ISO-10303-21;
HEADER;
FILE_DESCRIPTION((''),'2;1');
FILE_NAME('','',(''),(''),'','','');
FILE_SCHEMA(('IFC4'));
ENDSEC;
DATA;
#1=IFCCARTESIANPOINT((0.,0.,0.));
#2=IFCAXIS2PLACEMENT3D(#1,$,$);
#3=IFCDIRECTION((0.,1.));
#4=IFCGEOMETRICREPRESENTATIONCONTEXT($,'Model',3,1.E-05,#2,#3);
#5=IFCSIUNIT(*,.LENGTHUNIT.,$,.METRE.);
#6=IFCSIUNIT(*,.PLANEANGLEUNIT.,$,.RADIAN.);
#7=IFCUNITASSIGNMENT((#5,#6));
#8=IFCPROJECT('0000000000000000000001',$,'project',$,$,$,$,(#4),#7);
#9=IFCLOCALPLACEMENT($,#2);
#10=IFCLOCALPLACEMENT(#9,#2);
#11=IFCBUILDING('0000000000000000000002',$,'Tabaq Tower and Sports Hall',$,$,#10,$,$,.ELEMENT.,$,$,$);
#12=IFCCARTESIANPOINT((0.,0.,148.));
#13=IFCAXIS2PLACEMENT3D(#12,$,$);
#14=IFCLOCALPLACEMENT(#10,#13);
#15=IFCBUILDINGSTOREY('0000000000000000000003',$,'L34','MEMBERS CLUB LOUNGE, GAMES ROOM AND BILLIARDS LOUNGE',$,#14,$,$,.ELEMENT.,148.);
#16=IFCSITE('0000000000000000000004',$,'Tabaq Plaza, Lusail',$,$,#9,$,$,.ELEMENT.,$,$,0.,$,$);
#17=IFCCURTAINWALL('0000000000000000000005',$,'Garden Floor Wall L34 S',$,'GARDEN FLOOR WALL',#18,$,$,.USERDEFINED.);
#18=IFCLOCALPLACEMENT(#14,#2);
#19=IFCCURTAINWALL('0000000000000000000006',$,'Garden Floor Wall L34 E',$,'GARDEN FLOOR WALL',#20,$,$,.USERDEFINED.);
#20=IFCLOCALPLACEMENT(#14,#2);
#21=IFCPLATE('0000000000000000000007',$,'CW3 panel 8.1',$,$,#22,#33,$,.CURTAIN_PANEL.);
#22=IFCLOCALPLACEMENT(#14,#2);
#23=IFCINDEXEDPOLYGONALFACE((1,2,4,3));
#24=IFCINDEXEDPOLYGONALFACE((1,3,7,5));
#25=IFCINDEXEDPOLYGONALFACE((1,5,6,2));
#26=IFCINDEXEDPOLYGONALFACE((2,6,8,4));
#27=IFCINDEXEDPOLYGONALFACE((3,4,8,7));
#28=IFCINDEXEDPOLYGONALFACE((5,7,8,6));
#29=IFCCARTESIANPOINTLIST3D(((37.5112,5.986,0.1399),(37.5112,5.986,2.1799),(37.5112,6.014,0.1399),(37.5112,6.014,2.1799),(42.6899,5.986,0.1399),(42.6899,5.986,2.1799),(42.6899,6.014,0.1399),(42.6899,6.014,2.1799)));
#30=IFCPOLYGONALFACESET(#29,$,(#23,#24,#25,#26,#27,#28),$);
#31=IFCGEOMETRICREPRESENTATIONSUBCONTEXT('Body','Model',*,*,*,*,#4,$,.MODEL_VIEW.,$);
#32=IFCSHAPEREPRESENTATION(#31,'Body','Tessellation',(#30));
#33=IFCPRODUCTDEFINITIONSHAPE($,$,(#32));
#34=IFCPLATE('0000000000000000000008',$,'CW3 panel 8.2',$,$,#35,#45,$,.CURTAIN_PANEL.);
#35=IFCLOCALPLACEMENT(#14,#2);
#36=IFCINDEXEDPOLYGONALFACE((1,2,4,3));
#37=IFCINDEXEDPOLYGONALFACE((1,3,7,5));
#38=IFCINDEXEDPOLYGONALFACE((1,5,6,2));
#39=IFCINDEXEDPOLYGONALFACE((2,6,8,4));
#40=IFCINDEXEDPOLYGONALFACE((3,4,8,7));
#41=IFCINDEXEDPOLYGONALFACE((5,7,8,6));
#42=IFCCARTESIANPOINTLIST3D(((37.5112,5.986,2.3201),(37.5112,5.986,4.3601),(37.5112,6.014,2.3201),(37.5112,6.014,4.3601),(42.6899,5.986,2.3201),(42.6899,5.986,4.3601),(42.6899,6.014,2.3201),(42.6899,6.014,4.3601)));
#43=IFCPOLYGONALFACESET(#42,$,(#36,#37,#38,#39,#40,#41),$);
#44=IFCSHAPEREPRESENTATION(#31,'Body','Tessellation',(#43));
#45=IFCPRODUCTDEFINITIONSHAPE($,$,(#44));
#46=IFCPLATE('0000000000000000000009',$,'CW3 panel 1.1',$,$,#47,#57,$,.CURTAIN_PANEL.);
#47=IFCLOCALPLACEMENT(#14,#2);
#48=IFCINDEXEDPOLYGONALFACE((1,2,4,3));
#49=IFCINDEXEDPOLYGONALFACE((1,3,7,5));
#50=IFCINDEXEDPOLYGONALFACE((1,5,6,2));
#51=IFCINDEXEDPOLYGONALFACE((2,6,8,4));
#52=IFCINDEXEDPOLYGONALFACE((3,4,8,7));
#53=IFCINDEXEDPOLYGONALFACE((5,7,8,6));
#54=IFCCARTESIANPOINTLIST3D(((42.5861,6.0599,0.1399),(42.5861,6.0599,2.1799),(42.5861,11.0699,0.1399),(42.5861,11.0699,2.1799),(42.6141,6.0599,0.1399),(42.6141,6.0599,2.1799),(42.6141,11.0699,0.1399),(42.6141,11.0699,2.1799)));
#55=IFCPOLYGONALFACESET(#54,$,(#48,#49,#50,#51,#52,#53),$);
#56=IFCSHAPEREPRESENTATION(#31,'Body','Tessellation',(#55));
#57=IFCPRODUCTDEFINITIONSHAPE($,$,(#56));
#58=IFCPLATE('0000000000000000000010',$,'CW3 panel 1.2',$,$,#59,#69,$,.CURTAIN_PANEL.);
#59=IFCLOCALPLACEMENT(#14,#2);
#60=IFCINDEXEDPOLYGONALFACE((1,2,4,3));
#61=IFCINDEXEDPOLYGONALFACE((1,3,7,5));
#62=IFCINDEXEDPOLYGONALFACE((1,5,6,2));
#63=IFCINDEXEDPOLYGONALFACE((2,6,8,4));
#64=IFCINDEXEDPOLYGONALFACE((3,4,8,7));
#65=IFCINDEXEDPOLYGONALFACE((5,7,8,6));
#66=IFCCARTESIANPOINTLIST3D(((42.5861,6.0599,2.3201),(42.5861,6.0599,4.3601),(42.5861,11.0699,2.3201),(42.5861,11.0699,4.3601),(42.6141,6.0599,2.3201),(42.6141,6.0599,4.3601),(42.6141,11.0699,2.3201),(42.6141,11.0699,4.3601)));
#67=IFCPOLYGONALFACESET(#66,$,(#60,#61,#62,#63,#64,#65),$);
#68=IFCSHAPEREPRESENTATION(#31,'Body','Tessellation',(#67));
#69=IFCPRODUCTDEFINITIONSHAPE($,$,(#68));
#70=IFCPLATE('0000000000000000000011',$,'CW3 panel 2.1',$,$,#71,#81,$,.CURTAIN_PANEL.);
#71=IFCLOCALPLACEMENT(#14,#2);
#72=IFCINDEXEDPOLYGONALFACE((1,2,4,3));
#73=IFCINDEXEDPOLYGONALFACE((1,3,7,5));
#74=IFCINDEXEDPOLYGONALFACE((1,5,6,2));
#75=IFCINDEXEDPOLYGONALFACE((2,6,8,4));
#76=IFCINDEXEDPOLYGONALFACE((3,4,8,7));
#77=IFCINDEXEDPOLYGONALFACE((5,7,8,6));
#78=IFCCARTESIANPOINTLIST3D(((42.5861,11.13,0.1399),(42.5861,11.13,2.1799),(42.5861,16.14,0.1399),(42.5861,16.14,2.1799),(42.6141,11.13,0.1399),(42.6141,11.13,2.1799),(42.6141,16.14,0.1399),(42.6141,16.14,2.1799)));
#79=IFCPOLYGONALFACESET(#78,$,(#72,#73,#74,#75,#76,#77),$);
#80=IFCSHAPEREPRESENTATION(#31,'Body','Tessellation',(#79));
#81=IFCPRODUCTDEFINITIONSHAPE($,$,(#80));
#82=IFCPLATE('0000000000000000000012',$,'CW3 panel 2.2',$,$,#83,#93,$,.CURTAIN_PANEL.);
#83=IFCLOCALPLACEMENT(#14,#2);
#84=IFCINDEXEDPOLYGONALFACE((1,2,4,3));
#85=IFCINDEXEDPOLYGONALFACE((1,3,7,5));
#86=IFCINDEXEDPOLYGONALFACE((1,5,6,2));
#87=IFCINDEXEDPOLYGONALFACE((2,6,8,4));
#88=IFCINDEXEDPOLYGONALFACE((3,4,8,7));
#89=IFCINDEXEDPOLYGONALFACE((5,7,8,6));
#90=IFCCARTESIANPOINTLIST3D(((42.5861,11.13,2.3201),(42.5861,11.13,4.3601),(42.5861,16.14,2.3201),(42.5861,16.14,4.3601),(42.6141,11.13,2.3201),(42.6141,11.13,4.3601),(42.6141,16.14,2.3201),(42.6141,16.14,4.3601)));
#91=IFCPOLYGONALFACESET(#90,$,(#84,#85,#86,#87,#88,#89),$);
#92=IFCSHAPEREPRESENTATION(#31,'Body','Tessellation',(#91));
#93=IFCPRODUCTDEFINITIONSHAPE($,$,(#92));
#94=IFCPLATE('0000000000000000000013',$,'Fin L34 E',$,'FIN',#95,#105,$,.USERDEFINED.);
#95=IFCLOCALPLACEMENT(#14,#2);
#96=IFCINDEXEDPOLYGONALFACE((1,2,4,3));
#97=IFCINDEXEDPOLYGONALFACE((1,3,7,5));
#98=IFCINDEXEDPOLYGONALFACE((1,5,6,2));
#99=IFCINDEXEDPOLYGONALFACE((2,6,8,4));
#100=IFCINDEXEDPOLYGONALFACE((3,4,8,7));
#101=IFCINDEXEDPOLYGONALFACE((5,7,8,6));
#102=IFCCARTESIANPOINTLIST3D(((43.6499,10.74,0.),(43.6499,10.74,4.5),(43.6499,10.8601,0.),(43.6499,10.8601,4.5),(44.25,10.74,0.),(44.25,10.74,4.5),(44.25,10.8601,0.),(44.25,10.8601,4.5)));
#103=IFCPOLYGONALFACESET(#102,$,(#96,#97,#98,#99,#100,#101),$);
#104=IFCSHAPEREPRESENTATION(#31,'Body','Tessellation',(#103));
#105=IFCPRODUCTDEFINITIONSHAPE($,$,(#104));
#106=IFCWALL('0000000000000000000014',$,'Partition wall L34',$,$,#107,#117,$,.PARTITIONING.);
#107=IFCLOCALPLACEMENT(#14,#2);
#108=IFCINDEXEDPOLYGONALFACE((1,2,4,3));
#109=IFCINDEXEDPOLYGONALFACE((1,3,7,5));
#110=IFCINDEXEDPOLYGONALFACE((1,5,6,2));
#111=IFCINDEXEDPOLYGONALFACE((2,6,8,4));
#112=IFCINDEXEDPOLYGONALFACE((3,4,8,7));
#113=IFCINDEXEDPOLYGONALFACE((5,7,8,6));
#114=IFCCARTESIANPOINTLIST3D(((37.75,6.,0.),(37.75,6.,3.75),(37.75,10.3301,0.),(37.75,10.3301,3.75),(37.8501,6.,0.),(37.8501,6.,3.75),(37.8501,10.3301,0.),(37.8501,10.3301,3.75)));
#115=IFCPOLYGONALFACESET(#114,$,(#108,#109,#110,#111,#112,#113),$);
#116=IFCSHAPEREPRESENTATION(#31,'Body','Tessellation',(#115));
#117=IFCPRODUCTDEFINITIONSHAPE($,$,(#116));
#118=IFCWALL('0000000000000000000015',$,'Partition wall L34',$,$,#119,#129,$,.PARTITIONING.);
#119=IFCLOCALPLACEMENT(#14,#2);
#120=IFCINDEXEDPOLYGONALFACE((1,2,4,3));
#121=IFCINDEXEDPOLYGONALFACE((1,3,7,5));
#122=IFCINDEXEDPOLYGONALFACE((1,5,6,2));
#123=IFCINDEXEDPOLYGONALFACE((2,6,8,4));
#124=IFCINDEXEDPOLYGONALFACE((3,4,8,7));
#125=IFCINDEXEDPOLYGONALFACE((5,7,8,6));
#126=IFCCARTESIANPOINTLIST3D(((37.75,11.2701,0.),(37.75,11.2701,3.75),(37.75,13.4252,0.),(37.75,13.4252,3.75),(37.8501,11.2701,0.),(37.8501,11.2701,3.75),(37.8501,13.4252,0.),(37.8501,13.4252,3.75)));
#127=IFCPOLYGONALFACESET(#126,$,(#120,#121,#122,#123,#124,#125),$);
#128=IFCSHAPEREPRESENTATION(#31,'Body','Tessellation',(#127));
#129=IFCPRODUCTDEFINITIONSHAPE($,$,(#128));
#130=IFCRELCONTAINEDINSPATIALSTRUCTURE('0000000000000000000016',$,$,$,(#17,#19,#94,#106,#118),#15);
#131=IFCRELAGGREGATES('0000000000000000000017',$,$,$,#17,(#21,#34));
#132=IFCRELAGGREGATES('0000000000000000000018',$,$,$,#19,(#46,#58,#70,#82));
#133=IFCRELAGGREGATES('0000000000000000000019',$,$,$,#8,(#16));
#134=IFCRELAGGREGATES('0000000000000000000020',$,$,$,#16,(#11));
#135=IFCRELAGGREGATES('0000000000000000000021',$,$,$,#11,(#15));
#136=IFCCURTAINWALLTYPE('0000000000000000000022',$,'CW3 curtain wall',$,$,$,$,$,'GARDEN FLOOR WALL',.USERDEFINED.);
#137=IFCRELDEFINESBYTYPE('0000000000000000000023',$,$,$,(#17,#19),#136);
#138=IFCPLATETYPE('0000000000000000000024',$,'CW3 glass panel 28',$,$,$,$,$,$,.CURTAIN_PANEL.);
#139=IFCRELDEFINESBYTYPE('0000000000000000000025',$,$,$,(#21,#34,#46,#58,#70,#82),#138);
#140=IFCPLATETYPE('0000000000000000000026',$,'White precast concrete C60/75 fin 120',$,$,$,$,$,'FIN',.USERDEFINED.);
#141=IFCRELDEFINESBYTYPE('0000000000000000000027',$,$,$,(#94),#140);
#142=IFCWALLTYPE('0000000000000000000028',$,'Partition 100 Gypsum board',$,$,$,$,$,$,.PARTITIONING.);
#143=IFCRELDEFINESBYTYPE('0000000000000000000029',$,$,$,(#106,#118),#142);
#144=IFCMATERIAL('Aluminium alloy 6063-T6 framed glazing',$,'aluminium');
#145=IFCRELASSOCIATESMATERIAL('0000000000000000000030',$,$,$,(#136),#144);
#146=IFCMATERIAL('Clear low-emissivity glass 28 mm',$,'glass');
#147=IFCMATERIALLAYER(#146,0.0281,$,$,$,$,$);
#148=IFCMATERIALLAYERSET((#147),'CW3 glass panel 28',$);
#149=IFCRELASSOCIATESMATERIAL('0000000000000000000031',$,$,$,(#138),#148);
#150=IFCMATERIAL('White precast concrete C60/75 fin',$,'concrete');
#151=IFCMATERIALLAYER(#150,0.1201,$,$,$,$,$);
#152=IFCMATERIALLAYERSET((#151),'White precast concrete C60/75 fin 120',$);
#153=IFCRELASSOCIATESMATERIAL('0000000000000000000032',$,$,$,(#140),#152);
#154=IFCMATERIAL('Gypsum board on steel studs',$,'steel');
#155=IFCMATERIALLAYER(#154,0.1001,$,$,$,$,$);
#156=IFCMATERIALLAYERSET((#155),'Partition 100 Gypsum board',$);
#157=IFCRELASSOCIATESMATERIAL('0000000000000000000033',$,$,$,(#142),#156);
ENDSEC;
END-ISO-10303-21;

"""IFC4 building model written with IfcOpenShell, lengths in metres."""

from ifc_helpers import new_model, si_unit, direction, frame, frame_2d, origin, origin_2d, place, context, subcontext, project, spatial, rectangle, extrude, material, layer, layer_set, type_object, element, aggregate, save


model = new_model("IFC4")

# Units and contexts
model_context = context("Model", 3, precision=1e-05, world=origin(), true_north=direction((0.0, 1.0)))
body_context = subcontext(model_context, "Body", "Model", "MODEL_VIEW")
ifc_project = project(units=[si_unit("LENGTHUNIT", "METRE"), si_unit("PLANEANGLEUNIT", "RADIAN")], contexts=[model_context])

# Site, building, storey
site_placement = place(None, origin())
site = spatial("IfcSite", under=ifc_project, at=site_placement, Name="Tabaq Plaza, Lusail", CompositionType="ELEMENT", RefElevation=0.0)
building_placement = place(site_placement, origin())
building = spatial("IfcBuilding", under=site, at=building_placement, Name="Tabaq Tower and Sports Hall", CompositionType="ELEMENT")
storey_placement = place(building_placement, frame((0.0, 0.0, 148.0)))
storey = spatial("IfcBuildingStorey", under=building, at=storey_placement, Name="L34", Description="MEMBERS CLUB LOUNGE, GAMES ROOM AND BILLIARDS LOUNGE", CompositionType="ELEMENT", Elevation=148.0)

# Curtain wall
ifc_material_1 = material(Name="Aluminium alloy 6063-T6 framed glazing", Category="aluminium")
curtain_wall_type = type_object("IfcCurtainWallType", Name="CW3 curtain wall", ElementType="GARDEN FLOOR WALL", PredefinedType="USERDEFINED", material=ifc_material_1)
curtain_wall_1_placement = place(storey_placement, origin())
curtain_wall_1 = element("IfcCurtainWall", 1, at=curtain_wall_1_placement, inside=storey, type_object=curtain_wall_type, Name="Garden Floor Wall L34 S", ObjectType="GARDEN FLOOR WALL", PredefinedType="USERDEFINED")

# Curtain wall
curtain_wall_2_placement = place(storey_placement, origin())
curtain_wall_2 = element("IfcCurtainWall", 2, at=curtain_wall_2_placement, inside=storey, type_object=curtain_wall_type, Name="Garden Floor Wall L34 E", ObjectType="GARDEN FLOOR WALL", PredefinedType="USERDEFINED")

# Plates
ifc_material_2 = material(Name="Clear low-emissivity glass 28 mm", Category="glass")
ifc_layer_1 = layer(ifc_material_2, 0.0281)
ifc_layer_set_1 = layer_set([ifc_layer_1], Name="CW3 glass panel 28")
plate_type_1 = type_object("IfcPlateType", Name="CW3 glass panel 28", PredefinedType="CURTAIN_PANEL", material=ifc_layer_set_1)
plate_1_placement = place(storey_placement, frame((40.1006, 6.0, 0.1399), z_axis=(0.0, 0.0, 1.0), x_axis=(1.0, 0.0, 0.0)))
plate_1 = element("IfcPlate", 3, at=plate_1_placement, type_object=plate_type_1, Name="CW3 panel 8.1", PredefinedType="CURTAIN_PANEL", context=body_context, shape_type="SweptSolid", body=[
    extrude(rectangle(XDim=5.1787, YDim=0.0281, at=origin_2d()), origin(), (0.0, 0.0, 1.0), 2.04),
])
plate_2_placement = place(storey_placement, frame((40.1006, 6.0, 2.3201), z_axis=(0.0, 0.0, 1.0), x_axis=(1.0, 0.0, 0.0)))
plate_2 = element("IfcPlate", 4, at=plate_2_placement, type_object=plate_type_1, Name="CW3 panel 8.2", PredefinedType="CURTAIN_PANEL", context=body_context, shape_type="SweptSolid", body=[
    extrude(rectangle(XDim=5.1787, YDim=0.0281, at=origin_2d()), origin(), (0.0, 0.0, 1.0), 2.04),
])
aggregate(curtain_wall_1, [plate_1, plate_2])
plate_3_placement = place(storey_placement, frame((42.6001, 8.5649, 0.1399), z_axis=(0.0, 0.0, 1.0), x_axis=(0.0, 1.0, 0.0)))
plate_3 = element("IfcPlate", 5, at=plate_3_placement, type_object=plate_type_1, Name="CW3 panel 1.1", PredefinedType="CURTAIN_PANEL", context=body_context, shape_type="SweptSolid", body=[
    extrude(rectangle(XDim=5.01, YDim=0.0281, at=origin_2d()), origin(), (0.0, 0.0, 1.0), 2.04),
])
plate_4_placement = place(storey_placement, frame((42.6001, 8.5649, 2.3201), z_axis=(0.0, 0.0, 1.0), x_axis=(0.0, 1.0, 0.0)))
plate_4 = element("IfcPlate", 6, at=plate_4_placement, type_object=plate_type_1, Name="CW3 panel 1.2", PredefinedType="CURTAIN_PANEL", context=body_context, shape_type="SweptSolid", body=[
    extrude(rectangle(XDim=5.01, YDim=0.0281, at=origin_2d()), origin(), (0.0, 0.0, 1.0), 2.04),
])
plate_5_placement = place(storey_placement, frame((42.6001, 13.635, 0.1399), z_axis=(0.0, 0.0, 1.0), x_axis=(0.0, 1.0, 0.0)))
plate_5 = element("IfcPlate", 7, at=plate_5_placement, type_object=plate_type_1, Name="CW3 panel 2.1", PredefinedType="CURTAIN_PANEL", context=body_context, shape_type="SweptSolid", body=[
    extrude(rectangle(XDim=5.01, YDim=0.0281, at=origin_2d()), origin(), (0.0, 0.0, 1.0), 2.04),
])
plate_6_placement = place(storey_placement, frame((42.6001, 13.635, 2.3201), z_axis=(0.0, 0.0, 1.0), x_axis=(0.0, 1.0, 0.0)))
plate_6 = element("IfcPlate", 8, at=plate_6_placement, type_object=plate_type_1, Name="CW3 panel 2.2", PredefinedType="CURTAIN_PANEL", context=body_context, shape_type="SweptSolid", body=[
    extrude(rectangle(XDim=5.01, YDim=0.0281, at=origin_2d()), origin(), (0.0, 0.0, 1.0), 2.04),
])
aggregate(curtain_wall_2, [plate_3, plate_4, plate_5, plate_6])
ifc_material_3 = material(Name="White precast concrete C60/75 fin", Category="concrete")
ifc_layer_2 = layer(ifc_material_3, 0.1201)
ifc_layer_set_2 = layer_set([ifc_layer_2], Name="White precast concrete C60/75 fin 120")
plate_type_2 = type_object("IfcPlateType", Name="White precast concrete C60/75 fin 120", ElementType="FIN", PredefinedType="USERDEFINED", material=ifc_layer_set_2)
plate_7_placement = place(storey_placement, frame((43.95, 10.8, 0.0), z_axis=(0.0, 0.0, 1.0), x_axis=(0.0, 1.0, 0.0)))
element("IfcPlate", 9, at=plate_7_placement, inside=storey, type_object=plate_type_2, Name="Fin L34 E", ObjectType="FIN", PredefinedType="USERDEFINED", context=body_context, shape_type="SweptSolid", body=[
    extrude(rectangle(XDim=0.1201, YDim=0.6001, at=origin_2d()), origin(), (0.0, 0.0, 1.0), 4.5),
])

# Walls
ifc_material_4 = material(Name="Gypsum board on steel studs", Category="steel")
ifc_layer_3 = layer(ifc_material_4, 0.1001)
ifc_layer_set_3 = layer_set([ifc_layer_3], Name="Partition 100 Gypsum board")
wall_type_1 = type_object("IfcWallType", Name="Partition 100 Gypsum board", PredefinedType="PARTITIONING", material=ifc_layer_set_3)
wall_1_placement = place(storey_placement, frame((37.8, 6.0, 0.0), z_axis=(0.0, 0.0, 1.0), x_axis=(0.0, 1.0, 0.0)))
element("IfcWall", 10, at=wall_1_placement, inside=storey, type_object=wall_type_1, Name="Partition wall L34", PredefinedType="PARTITIONING", context=body_context, shape_type="SweptSolid", body=[
    extrude(rectangle(XDim=4.3301, YDim=0.1001, at=frame_2d((2.165, 0.0))), origin(), (0.0, 0.0, 1.0), 3.75),
])
wall_2_placement = place(storey_placement, frame((37.8, 11.27, 0.0), z_axis=(0.0, 0.0, 1.0), x_axis=(0.0, 1.0, 0.0)))
element("IfcWall", 11, at=wall_2_placement, inside=storey, type_object=wall_type_1, Name="Partition wall L34", PredefinedType="PARTITIONING", context=body_context, shape_type="SweptSolid", body=[
    extrude(rectangle(XDim=2.155, YDim=0.1001, at=frame_2d((1.0776, 0.0))), origin(), (0.0, 0.0, 1.0), 3.75),
])

save(model, "model.ifc")
